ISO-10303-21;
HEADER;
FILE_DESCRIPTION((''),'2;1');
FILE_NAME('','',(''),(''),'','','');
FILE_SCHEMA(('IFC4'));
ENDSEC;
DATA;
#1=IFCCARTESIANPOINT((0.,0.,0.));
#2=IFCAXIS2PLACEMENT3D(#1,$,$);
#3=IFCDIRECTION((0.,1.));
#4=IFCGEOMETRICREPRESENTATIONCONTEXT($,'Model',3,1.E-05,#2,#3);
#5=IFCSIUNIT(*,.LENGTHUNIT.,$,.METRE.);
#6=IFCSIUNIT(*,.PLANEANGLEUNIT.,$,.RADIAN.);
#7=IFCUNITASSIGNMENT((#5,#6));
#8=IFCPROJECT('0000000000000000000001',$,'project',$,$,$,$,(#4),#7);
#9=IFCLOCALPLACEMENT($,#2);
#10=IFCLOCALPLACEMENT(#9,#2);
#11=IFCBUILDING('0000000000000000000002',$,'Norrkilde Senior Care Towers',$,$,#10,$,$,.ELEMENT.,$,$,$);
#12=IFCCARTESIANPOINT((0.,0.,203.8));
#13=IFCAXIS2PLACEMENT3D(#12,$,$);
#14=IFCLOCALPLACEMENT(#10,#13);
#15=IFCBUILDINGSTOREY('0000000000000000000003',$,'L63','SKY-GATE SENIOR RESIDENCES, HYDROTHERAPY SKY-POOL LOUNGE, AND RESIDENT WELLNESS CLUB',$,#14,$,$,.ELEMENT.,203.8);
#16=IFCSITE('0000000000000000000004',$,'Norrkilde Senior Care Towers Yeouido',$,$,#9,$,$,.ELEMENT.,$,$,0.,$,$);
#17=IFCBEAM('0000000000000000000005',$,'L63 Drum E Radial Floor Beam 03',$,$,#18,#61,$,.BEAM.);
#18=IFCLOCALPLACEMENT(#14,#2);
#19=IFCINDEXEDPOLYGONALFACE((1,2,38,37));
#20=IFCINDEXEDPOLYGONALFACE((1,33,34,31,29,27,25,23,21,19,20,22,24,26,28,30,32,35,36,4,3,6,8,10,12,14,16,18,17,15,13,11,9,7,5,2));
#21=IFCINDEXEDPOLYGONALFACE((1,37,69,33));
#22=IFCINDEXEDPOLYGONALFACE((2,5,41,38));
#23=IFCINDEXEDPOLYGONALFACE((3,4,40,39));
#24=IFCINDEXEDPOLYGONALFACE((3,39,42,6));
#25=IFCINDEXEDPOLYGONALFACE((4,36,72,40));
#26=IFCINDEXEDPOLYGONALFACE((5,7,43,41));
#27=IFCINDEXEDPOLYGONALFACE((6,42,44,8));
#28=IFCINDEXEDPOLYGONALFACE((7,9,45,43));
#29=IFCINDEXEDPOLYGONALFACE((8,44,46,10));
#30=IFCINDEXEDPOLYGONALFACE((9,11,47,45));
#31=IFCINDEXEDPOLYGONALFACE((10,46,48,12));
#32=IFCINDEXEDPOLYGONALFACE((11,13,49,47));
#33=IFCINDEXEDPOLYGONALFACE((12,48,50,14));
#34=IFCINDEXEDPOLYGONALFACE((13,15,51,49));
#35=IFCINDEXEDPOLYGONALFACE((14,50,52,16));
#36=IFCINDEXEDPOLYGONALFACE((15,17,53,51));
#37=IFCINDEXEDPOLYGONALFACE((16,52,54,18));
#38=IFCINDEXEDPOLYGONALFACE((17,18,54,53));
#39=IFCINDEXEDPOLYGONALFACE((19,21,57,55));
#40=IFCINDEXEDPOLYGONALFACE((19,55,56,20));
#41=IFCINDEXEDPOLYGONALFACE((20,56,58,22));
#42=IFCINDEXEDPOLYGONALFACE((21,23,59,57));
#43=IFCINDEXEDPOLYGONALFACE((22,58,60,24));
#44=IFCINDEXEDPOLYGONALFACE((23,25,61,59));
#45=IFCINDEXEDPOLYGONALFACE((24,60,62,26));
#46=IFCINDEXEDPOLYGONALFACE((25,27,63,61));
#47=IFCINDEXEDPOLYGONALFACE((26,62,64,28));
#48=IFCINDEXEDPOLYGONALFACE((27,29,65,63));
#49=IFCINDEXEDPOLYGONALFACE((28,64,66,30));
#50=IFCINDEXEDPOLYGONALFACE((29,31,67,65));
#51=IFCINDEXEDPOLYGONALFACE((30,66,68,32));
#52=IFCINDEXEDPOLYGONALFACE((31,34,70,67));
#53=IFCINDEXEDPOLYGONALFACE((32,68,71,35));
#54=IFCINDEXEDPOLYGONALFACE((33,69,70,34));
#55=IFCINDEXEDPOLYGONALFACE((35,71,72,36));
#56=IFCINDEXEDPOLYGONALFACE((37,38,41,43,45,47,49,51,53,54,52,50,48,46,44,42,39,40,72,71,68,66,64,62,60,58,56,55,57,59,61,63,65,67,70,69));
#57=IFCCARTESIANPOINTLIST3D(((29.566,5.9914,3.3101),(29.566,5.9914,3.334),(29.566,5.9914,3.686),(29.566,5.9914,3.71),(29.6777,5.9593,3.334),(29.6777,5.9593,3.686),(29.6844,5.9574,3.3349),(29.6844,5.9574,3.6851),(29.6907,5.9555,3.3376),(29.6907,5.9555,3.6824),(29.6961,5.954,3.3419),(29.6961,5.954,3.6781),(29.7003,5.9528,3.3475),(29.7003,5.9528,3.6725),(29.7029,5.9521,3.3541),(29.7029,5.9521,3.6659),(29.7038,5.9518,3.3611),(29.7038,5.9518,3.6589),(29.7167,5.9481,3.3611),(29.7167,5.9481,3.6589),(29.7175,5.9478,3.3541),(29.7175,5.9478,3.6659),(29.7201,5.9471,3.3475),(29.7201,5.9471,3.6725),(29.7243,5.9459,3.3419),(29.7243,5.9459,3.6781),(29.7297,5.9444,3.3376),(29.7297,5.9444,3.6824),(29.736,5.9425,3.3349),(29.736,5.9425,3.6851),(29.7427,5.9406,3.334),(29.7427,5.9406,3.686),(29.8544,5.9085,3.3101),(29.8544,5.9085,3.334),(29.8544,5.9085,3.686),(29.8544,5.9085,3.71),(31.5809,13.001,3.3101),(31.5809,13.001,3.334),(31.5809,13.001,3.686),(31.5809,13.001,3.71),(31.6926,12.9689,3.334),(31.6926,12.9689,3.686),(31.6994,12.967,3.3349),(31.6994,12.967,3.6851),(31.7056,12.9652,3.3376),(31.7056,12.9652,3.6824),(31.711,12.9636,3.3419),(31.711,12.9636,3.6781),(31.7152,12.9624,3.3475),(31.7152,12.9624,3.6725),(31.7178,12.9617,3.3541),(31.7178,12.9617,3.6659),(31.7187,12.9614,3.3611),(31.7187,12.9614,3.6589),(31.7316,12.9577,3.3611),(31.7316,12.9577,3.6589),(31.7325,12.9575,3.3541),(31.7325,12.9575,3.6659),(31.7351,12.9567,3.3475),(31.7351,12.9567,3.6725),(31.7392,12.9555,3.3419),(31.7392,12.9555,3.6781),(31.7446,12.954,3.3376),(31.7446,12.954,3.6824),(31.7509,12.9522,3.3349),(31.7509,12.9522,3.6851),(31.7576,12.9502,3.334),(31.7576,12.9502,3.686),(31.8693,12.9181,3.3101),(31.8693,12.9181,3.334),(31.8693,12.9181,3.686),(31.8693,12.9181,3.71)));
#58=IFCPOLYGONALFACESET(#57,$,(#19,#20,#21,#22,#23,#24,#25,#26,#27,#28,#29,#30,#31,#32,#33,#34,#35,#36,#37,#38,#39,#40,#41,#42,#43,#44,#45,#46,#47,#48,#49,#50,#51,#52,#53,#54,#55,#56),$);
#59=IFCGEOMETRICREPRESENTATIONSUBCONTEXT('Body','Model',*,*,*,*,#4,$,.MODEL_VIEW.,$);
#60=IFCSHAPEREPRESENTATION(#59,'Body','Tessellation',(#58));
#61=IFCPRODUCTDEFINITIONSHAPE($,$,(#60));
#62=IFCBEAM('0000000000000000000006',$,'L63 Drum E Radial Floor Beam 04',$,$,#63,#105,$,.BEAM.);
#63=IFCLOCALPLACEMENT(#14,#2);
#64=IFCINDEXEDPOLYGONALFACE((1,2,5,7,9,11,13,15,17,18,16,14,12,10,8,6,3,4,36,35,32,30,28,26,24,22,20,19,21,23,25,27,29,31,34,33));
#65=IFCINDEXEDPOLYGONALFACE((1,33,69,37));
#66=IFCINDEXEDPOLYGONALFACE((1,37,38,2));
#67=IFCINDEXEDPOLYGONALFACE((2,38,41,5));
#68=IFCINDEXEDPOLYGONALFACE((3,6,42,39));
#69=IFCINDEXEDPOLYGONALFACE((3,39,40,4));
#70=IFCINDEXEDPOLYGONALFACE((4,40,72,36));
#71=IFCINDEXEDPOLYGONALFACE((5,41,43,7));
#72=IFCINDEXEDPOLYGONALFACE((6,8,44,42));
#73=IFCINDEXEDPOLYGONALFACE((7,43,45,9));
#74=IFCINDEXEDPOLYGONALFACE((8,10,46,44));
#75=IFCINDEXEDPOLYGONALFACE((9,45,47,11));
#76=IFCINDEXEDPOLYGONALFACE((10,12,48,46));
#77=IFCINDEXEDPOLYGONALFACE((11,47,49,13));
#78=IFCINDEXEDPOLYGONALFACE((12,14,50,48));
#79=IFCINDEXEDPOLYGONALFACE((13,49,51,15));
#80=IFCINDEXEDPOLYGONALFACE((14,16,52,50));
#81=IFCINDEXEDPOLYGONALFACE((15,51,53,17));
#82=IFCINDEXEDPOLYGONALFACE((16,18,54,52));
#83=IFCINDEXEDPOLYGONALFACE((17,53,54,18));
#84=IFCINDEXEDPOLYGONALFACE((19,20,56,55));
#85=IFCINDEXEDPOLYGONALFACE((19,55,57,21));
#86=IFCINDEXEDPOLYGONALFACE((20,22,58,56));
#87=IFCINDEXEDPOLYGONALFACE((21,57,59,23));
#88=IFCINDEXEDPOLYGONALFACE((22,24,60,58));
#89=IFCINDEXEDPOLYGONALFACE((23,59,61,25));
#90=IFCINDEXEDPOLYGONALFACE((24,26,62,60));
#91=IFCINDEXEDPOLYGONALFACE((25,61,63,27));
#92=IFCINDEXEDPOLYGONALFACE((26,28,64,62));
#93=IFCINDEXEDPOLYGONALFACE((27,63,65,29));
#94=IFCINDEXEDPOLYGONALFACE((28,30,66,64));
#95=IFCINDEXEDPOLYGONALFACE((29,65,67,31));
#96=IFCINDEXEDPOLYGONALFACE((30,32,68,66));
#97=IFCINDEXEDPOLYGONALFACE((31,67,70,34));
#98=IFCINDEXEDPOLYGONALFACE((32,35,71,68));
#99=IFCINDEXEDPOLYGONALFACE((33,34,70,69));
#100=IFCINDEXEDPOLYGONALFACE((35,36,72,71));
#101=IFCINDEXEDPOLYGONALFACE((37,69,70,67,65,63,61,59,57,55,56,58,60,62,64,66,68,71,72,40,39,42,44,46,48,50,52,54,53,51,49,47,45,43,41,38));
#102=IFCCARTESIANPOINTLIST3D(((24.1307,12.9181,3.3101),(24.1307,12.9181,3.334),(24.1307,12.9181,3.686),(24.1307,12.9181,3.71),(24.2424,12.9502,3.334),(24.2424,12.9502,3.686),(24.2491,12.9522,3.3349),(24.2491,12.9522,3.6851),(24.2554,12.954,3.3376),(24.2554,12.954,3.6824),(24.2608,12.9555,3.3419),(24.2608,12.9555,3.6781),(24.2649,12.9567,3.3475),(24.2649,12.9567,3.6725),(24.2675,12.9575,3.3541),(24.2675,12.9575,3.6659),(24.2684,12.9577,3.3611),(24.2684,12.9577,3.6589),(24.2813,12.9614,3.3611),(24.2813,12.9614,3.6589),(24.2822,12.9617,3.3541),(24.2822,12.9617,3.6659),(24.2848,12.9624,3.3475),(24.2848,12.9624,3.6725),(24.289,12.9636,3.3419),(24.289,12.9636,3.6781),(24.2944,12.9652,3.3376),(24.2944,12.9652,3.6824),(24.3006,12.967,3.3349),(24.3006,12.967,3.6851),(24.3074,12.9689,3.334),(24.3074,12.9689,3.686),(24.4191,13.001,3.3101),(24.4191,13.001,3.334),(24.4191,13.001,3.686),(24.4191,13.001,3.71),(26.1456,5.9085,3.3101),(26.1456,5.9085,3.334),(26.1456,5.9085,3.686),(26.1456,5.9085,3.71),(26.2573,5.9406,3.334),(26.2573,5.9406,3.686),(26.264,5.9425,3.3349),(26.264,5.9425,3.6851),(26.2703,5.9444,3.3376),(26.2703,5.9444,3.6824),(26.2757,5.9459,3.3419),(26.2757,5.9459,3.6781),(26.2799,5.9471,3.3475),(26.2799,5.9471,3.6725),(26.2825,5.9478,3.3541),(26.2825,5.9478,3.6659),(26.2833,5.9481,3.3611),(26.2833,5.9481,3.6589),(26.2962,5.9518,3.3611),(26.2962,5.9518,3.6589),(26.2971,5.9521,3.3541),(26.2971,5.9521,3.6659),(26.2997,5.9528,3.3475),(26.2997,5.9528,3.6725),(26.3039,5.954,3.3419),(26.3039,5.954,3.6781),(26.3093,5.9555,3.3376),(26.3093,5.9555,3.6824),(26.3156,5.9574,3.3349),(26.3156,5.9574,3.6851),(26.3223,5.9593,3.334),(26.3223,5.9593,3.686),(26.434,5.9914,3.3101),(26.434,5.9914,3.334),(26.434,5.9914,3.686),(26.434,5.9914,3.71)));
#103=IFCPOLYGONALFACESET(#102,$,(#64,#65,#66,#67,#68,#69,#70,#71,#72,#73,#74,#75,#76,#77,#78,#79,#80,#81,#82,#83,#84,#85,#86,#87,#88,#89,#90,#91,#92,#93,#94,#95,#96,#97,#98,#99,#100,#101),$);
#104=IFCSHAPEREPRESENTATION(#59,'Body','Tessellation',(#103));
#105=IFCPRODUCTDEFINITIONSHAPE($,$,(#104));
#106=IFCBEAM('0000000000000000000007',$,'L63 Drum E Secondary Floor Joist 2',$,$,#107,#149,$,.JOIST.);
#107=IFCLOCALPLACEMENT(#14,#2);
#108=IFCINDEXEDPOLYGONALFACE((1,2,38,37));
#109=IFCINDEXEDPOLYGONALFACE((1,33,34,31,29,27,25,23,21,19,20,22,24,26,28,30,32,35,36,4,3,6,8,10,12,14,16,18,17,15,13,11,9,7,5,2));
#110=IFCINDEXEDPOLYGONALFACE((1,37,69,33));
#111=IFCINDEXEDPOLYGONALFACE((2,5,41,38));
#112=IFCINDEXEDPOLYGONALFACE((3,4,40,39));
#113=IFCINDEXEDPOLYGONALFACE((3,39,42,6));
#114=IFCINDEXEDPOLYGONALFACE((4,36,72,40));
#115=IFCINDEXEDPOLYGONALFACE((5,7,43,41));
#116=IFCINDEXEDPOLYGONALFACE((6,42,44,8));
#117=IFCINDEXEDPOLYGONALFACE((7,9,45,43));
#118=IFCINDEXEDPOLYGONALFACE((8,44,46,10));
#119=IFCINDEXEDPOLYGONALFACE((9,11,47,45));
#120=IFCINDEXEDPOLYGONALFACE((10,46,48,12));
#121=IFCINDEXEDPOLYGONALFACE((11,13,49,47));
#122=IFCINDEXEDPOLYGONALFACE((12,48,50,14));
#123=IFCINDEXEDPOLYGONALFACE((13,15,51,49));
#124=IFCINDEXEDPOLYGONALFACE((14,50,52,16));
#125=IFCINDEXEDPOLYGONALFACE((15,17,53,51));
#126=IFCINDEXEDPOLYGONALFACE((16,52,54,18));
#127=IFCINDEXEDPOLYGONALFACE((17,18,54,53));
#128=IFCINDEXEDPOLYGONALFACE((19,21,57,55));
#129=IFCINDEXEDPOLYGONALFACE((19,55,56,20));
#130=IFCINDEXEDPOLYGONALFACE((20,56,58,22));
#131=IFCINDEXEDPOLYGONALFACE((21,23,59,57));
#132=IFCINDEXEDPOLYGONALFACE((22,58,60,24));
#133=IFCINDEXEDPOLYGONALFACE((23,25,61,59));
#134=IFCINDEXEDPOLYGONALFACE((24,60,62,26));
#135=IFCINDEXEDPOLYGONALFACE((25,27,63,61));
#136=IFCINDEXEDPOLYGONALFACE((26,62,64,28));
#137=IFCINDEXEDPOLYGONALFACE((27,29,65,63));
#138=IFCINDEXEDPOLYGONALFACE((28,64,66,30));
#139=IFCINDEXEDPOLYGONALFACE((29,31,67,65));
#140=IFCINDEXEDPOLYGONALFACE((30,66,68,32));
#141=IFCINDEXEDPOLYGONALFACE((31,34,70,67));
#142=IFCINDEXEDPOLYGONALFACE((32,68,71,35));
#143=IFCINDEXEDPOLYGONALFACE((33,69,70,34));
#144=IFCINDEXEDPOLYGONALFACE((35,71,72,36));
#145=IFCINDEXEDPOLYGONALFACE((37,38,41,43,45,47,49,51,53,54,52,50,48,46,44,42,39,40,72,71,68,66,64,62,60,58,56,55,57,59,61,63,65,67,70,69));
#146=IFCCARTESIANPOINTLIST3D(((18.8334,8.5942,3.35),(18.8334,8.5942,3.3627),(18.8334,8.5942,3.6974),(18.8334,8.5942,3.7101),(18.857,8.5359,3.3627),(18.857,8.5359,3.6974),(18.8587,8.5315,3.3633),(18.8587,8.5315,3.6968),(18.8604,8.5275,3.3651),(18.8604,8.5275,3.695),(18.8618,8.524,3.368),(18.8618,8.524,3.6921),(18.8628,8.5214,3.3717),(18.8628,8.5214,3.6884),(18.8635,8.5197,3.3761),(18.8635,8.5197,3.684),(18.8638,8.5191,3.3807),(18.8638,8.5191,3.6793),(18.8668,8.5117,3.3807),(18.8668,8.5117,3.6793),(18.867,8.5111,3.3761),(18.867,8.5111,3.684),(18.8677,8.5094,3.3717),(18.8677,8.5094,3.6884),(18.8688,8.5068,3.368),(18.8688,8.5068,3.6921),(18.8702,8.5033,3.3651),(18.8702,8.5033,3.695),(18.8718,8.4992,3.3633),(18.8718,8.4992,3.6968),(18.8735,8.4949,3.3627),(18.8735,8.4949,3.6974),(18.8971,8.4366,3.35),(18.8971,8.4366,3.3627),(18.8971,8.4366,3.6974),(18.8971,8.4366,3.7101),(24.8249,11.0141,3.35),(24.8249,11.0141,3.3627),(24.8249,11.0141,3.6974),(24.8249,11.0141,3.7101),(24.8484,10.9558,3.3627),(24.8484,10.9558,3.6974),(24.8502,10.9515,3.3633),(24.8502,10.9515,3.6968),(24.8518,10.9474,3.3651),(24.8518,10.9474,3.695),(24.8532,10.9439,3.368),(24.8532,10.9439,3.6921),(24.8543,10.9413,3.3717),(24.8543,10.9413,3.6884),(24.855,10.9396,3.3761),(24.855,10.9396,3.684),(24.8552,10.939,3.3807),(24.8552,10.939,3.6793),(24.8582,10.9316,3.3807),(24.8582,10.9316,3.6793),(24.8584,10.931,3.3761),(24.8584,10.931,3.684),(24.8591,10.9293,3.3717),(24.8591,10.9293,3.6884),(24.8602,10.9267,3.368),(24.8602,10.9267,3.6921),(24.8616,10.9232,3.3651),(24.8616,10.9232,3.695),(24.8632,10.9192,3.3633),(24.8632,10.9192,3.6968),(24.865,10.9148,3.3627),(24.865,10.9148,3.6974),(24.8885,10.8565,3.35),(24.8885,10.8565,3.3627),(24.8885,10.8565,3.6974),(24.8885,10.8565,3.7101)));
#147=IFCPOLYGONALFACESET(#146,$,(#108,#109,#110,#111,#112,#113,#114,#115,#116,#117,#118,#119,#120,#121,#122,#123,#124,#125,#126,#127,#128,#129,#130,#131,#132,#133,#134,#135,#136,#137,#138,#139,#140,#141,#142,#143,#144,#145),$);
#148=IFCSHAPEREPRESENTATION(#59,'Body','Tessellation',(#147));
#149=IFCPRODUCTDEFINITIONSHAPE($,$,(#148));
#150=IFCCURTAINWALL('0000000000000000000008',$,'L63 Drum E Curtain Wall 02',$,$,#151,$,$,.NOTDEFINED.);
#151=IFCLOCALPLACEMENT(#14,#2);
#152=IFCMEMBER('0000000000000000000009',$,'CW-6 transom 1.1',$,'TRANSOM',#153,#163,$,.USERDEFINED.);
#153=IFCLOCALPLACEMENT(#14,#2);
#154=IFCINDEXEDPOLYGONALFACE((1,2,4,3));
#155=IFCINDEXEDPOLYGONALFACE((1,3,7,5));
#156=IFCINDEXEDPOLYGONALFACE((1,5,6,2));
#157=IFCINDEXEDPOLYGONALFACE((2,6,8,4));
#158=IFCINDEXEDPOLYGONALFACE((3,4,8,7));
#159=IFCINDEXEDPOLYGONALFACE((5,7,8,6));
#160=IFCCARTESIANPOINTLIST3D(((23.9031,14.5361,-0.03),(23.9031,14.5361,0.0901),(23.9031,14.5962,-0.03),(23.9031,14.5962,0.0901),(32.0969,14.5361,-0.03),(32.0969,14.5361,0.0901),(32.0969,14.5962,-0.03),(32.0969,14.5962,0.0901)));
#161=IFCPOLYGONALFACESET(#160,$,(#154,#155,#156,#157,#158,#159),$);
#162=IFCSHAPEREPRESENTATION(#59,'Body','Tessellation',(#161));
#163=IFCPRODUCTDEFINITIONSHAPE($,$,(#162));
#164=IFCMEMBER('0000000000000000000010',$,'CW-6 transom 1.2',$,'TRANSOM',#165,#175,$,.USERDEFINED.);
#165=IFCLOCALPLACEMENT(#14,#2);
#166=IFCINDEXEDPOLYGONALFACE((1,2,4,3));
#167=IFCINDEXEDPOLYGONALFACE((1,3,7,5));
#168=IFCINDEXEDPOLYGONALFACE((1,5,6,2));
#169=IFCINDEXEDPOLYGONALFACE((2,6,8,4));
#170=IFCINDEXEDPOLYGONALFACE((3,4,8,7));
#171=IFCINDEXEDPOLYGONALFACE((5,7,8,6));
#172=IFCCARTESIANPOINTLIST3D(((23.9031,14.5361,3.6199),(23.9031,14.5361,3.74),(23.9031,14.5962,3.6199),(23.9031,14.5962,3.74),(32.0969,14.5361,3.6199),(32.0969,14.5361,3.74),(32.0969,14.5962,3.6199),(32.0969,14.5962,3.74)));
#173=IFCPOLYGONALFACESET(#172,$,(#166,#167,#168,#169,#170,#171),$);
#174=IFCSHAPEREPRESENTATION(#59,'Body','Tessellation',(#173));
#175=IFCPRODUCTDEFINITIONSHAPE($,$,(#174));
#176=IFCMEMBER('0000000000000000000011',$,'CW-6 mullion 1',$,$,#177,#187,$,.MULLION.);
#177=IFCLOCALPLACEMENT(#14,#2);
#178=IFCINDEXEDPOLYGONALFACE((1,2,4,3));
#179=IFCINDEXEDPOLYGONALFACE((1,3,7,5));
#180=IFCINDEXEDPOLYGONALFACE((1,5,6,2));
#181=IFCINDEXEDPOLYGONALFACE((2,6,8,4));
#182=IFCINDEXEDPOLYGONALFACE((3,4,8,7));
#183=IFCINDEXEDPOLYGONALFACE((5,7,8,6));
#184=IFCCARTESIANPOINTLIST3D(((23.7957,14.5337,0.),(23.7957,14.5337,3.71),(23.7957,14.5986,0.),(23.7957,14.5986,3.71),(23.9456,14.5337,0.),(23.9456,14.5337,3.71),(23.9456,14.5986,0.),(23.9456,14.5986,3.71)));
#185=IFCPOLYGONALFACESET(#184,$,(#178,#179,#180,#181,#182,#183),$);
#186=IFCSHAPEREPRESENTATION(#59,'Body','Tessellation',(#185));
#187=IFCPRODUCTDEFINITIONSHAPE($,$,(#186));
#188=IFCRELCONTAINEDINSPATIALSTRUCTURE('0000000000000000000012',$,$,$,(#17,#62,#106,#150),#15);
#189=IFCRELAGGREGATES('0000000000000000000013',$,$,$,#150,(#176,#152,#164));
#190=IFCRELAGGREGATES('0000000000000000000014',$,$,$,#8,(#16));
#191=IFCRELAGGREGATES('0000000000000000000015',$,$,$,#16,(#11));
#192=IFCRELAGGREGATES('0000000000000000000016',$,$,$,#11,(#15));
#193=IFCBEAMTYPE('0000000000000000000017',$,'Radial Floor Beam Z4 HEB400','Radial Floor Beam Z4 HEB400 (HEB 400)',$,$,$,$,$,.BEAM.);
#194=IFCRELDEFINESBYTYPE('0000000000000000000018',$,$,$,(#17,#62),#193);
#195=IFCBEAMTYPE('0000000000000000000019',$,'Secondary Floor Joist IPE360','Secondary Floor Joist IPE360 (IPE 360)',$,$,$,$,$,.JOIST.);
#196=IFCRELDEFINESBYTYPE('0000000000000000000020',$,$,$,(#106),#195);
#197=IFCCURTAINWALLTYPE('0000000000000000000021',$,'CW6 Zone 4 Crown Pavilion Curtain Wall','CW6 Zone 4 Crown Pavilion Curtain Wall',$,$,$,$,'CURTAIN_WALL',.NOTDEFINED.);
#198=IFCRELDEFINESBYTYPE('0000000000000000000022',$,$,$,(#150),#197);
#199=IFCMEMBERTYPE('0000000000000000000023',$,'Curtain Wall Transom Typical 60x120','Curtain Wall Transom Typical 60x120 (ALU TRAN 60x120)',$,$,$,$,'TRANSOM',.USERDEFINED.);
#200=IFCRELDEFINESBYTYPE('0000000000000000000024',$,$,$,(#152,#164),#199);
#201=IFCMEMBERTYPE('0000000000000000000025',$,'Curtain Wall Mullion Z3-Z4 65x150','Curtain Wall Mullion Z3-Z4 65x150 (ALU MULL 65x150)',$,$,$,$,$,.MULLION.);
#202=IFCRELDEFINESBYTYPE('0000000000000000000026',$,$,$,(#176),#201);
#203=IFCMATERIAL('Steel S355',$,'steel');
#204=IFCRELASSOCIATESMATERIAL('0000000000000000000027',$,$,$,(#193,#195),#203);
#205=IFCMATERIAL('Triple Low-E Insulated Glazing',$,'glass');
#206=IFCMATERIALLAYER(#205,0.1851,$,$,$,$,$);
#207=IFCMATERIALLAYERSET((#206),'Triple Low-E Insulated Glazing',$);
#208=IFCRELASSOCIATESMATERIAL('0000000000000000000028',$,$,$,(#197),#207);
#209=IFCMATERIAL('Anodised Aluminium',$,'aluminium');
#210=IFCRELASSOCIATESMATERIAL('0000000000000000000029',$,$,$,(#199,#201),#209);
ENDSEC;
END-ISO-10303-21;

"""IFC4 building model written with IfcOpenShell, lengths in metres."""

from ifc_helpers import new_model, si_unit, direction, frame, origin, origin_2d, place, context, subcontext, project, spatial, rectangle, i_section, extrude, source, transform, mapped, material, layer, layer_set, material_profile, profile_set, type_object, type_shapes, element, aggregate, save


model = new_model("IFC4")

# Units and contexts
model_context = context("Model", 3, precision=1e-05, world=origin(), true_north=direction((0.0, 1.0)))
body_context = subcontext(model_context, "Body", "Model", "MODEL_VIEW")
ifc_project = project(units=[si_unit("LENGTHUNIT", "METRE"), si_unit("PLANEANGLEUNIT", "RADIAN")], contexts=[model_context])

# Site, building, storey
site_placement = place(None, origin())
site = spatial("IfcSite", under=ifc_project, at=site_placement, Name="Norrkilde Senior Care Towers Yeouido", CompositionType="ELEMENT", RefElevation=0.0)
building_placement = place(site_placement, origin())
building = spatial("IfcBuilding", under=site, at=building_placement, Name="Norrkilde Senior Care Towers", CompositionType="ELEMENT")
storey_placement = place(building_placement, frame((0.0, 0.0, 203.8)))
storey = spatial("IfcBuildingStorey", under=building, at=storey_placement, Name="L63", Description="SKY-GATE SENIOR RESIDENCES, HYDROTHERAPY SKY-POOL LOUNGE, AND RESIDENT WELLNESS CLUB", CompositionType="ELEMENT", Elevation=203.8)

# Beams
ifc_material_1 = material(Name="Steel S355", Category="steel")
ifc_material_profile_1 = material_profile(ifc_material_1, i_section(OverallWidth=0.3, OverallDepth=0.3999, WebThickness=0.0134, FlangeThickness=0.0239, FilletRadius=0.0271, at=origin_2d()), Name="HEB 400")
ifc_profile_set_1 = profile_set([ifc_material_profile_1], Name="Steel S355")
beam_type_1 = type_object("IfcBeamType", Name="Radial Floor Beam Z4 HEB400", Description="Radial Floor Beam Z4 HEB400 (HEB 400)", PredefinedType="BEAM", material=ifc_profile_set_1)
shared_shape_1 = source(origin(), body_context, "Body", "SweptSolid", [
    extrude(i_section(OverallWidth=0.3, OverallDepth=0.3999, WebThickness=0.0134, FlangeThickness=0.0239, FilletRadius=0.0271, at=origin_2d()), origin(), (0.0, 0.0, 1.0), 7.2935),
])
type_shapes(beam_type_1, [shared_shape_1])
for number, where, z_axis, x_axis, name in (
    (1, (29.7102, 5.95, 3.51), (0.276264, 0.961082, 0.0), (-0.961082, 0.276264, 0.0), "L63 Drum E Radial Floor Beam 03"),
    (2, (26.2898, 5.95, 3.51), (-0.276264, 0.961082, 0.0), (-0.961082, -0.276264, 0.0), "L63 Drum E Radial Floor Beam 04"),
):
    element("IfcBeam", number, at=place(storey_placement, frame(where, z_axis=z_axis, x_axis=x_axis)), inside=storey, type_object=beam_type_1, Name=name, PredefinedType="BEAM", context=body_context, shape_type="MappedRepresentation", body=[
        mapped(shared_shape_1, transform((0.0, 0.0, 0.0), x_axis=(1.0, 0.0, 0.0), y_axis=(0.0, 1.0, 0.0), z_axis=(0.0, 0.0, 1.0), scale=1.0)),
    ])
ifc_material_profile_2 = material_profile(ifc_material_1, i_section(OverallWidth=0.1699, OverallDepth=0.3601, WebThickness=0.0081, FlangeThickness=0.0127, FilletRadius=0.0181, at=origin_2d()), Name="IPE 360")
ifc_profile_set_2 = profile_set([ifc_material_profile_2], Name="Steel S355")
beam_type_2 = type_object("IfcBeamType", Name="Secondary Floor Joist IPE360", Description="Secondary Floor Joist IPE360 (IPE 360)", PredefinedType="JOIST", material=ifc_profile_set_2)
shared_shape_2 = source(origin(), body_context, "Body", "SweptSolid", [
    extrude(i_section(OverallWidth=0.1699, OverallDepth=0.3601, WebThickness=0.0081, FlangeThickness=0.0127, FilletRadius=0.0181, at=origin_2d()), origin(), (0.0, 0.0, 1.0), 6.4617),
])
type_shapes(beam_type_2, [shared_shape_2])
beam_1_placement = place(storey_placement, frame((24.8567, 10.9353, 3.53), z_axis=(-0.927226, -0.374502, 0.0), x_axis=(0.374502, -0.927226, 0.0)))
element("IfcBeam", 3, at=beam_1_placement, inside=storey, type_object=beam_type_2, Name="L63 Drum E Secondary Floor Joist 2", PredefinedType="JOIST", context=body_context, shape_type="MappedRepresentation", body=[
    mapped(shared_shape_2, transform((0.0, 0.0, 0.0), x_axis=(1.0, 0.0, 0.0), y_axis=(0.0, 1.0, 0.0), z_axis=(0.0, 0.0, 1.0), scale=1.0)),
])

# Curtain wall, members
ifc_material_2 = material(Name="Triple Low-E Insulated Glazing", Category="glass")
ifc_layer_1 = layer(ifc_material_2, 0.1851)
ifc_layer_set_1 = layer_set([ifc_layer_1], Name="Triple Low-E Insulated Glazing")
curtain_wall_type = type_object("IfcCurtainWallType", Name="CW6 Zone 4 Crown Pavilion Curtain Wall", Description="CW6 Zone 4 Crown Pavilion Curtain Wall", ElementType="CURTAIN_WALL", PredefinedType="NOTDEFINED", material=ifc_layer_set_1)
curtain_wall_1_placement = place(storey_placement, origin())
curtain_wall_1 = element("IfcCurtainWall", 4, at=curtain_wall_1_placement, inside=storey, type_object=curtain_wall_type, Name="L63 Drum E Curtain Wall 02", PredefinedType="NOTDEFINED")
ifc_material_3 = material(Name="Anodised Aluminium", Category="aluminium")
ifc_material_profile_3 = material_profile(ifc_material_3, rectangle(XDim=0.0601, YDim=0.1201, at=origin_2d()), Name="ALU TRAN 60x120")
ifc_profile_set_3 = profile_set([ifc_material_profile_3], Name="Anodised Aluminium")
member_type_1 = type_object("IfcMemberType", Name="Curtain Wall Transom Typical 60x120", Description="Curtain Wall Transom Typical 60x120 (ALU TRAN 60x120)", ElementType="TRANSOM", PredefinedType="USERDEFINED", material=ifc_profile_set_3)
shared_shape_3 = source(origin(), body_context, "Body", "SweptSolid", [
    extrude(rectangle(XDim=0.0601, YDim=0.1201, at=origin_2d()), origin(), (0.0, 0.0, 1.0), 8.1938),
])
type_shapes(member_type_1, [shared_shape_3])
member_1_placement = place(storey_placement, frame((23.9031, 14.5662, 0.03), z_axis=(1.0, 0.0, 0.0), x_axis=(0.0, 1.0, 0.0)))
member_1 = element("IfcMember", 5, at=member_1_placement, type_object=member_type_1, Name="CW-6 transom 1.1", ObjectType="TRANSOM", PredefinedType="USERDEFINED", context=body_context, shape_type="MappedRepresentation", body=[
    mapped(shared_shape_3, transform((0.0, 0.0, 0.0), x_axis=(1.0, 0.0, 0.0), y_axis=(0.0, 1.0, 0.0), z_axis=(0.0, 0.0, 1.0), scale=1.0)),
])
member_2_placement = place(storey_placement, frame((23.9031, 14.5662, 3.6799), z_axis=(1.0, 0.0, 0.0), x_axis=(0.0, 1.0, 0.0)))
member_2 = element("IfcMember", 6, at=member_2_placement, type_object=member_type_1, Name="CW-6 transom 1.2", ObjectType="TRANSOM", PredefinedType="USERDEFINED", context=body_context, shape_type="MappedRepresentation", body=[
    mapped(shared_shape_3, transform((0.0, 0.0, 0.0), x_axis=(1.0, 0.0, 0.0), y_axis=(0.0, 1.0, 0.0), z_axis=(0.0, 0.0, 1.0), scale=1.0)),
])
ifc_material_profile_4 = material_profile(ifc_material_3, rectangle(XDim=0.0649, YDim=0.1499, at=origin_2d()), Name="ALU MULL 65x150")
ifc_profile_set_4 = profile_set([ifc_material_profile_4], Name="Anodised Aluminium")
member_type_2 = type_object("IfcMemberType", Name="Curtain Wall Mullion Z3-Z4 65x150", Description="Curtain Wall Mullion Z3-Z4 65x150 (ALU MULL 65x150)", PredefinedType="MULLION", material=ifc_profile_set_4)
shared_shape_4 = source(origin(), body_context, "Body", "SweptSolid", [
    extrude(rectangle(XDim=0.0649, YDim=0.1499, at=origin_2d()), origin(), (0.0, 0.0, 1.0), 3.71),
])
type_shapes(member_type_2, [shared_shape_4])
member_3_placement = place(storey_placement, frame((23.8706, 14.5662, 0.0), z_axis=(0.0, 0.0, 1.0), x_axis=(0.0, 1.0, 0.0)))
member_3 = element("IfcMember", 7, at=member_3_placement, type_object=member_type_2, Name="CW-6 mullion 1", PredefinedType="MULLION", context=body_context, shape_type="MappedRepresentation", body=[
    mapped(shared_shape_4, transform((0.0, 0.0, 0.0), x_axis=(1.0, 0.0, 0.0), y_axis=(0.0, 1.0, 0.0), z_axis=(0.0, 0.0, 1.0), scale=1.0)),
])

aggregate(curtain_wall_1, [member_3, member_1, member_2])

save(model, "model.ifc")
